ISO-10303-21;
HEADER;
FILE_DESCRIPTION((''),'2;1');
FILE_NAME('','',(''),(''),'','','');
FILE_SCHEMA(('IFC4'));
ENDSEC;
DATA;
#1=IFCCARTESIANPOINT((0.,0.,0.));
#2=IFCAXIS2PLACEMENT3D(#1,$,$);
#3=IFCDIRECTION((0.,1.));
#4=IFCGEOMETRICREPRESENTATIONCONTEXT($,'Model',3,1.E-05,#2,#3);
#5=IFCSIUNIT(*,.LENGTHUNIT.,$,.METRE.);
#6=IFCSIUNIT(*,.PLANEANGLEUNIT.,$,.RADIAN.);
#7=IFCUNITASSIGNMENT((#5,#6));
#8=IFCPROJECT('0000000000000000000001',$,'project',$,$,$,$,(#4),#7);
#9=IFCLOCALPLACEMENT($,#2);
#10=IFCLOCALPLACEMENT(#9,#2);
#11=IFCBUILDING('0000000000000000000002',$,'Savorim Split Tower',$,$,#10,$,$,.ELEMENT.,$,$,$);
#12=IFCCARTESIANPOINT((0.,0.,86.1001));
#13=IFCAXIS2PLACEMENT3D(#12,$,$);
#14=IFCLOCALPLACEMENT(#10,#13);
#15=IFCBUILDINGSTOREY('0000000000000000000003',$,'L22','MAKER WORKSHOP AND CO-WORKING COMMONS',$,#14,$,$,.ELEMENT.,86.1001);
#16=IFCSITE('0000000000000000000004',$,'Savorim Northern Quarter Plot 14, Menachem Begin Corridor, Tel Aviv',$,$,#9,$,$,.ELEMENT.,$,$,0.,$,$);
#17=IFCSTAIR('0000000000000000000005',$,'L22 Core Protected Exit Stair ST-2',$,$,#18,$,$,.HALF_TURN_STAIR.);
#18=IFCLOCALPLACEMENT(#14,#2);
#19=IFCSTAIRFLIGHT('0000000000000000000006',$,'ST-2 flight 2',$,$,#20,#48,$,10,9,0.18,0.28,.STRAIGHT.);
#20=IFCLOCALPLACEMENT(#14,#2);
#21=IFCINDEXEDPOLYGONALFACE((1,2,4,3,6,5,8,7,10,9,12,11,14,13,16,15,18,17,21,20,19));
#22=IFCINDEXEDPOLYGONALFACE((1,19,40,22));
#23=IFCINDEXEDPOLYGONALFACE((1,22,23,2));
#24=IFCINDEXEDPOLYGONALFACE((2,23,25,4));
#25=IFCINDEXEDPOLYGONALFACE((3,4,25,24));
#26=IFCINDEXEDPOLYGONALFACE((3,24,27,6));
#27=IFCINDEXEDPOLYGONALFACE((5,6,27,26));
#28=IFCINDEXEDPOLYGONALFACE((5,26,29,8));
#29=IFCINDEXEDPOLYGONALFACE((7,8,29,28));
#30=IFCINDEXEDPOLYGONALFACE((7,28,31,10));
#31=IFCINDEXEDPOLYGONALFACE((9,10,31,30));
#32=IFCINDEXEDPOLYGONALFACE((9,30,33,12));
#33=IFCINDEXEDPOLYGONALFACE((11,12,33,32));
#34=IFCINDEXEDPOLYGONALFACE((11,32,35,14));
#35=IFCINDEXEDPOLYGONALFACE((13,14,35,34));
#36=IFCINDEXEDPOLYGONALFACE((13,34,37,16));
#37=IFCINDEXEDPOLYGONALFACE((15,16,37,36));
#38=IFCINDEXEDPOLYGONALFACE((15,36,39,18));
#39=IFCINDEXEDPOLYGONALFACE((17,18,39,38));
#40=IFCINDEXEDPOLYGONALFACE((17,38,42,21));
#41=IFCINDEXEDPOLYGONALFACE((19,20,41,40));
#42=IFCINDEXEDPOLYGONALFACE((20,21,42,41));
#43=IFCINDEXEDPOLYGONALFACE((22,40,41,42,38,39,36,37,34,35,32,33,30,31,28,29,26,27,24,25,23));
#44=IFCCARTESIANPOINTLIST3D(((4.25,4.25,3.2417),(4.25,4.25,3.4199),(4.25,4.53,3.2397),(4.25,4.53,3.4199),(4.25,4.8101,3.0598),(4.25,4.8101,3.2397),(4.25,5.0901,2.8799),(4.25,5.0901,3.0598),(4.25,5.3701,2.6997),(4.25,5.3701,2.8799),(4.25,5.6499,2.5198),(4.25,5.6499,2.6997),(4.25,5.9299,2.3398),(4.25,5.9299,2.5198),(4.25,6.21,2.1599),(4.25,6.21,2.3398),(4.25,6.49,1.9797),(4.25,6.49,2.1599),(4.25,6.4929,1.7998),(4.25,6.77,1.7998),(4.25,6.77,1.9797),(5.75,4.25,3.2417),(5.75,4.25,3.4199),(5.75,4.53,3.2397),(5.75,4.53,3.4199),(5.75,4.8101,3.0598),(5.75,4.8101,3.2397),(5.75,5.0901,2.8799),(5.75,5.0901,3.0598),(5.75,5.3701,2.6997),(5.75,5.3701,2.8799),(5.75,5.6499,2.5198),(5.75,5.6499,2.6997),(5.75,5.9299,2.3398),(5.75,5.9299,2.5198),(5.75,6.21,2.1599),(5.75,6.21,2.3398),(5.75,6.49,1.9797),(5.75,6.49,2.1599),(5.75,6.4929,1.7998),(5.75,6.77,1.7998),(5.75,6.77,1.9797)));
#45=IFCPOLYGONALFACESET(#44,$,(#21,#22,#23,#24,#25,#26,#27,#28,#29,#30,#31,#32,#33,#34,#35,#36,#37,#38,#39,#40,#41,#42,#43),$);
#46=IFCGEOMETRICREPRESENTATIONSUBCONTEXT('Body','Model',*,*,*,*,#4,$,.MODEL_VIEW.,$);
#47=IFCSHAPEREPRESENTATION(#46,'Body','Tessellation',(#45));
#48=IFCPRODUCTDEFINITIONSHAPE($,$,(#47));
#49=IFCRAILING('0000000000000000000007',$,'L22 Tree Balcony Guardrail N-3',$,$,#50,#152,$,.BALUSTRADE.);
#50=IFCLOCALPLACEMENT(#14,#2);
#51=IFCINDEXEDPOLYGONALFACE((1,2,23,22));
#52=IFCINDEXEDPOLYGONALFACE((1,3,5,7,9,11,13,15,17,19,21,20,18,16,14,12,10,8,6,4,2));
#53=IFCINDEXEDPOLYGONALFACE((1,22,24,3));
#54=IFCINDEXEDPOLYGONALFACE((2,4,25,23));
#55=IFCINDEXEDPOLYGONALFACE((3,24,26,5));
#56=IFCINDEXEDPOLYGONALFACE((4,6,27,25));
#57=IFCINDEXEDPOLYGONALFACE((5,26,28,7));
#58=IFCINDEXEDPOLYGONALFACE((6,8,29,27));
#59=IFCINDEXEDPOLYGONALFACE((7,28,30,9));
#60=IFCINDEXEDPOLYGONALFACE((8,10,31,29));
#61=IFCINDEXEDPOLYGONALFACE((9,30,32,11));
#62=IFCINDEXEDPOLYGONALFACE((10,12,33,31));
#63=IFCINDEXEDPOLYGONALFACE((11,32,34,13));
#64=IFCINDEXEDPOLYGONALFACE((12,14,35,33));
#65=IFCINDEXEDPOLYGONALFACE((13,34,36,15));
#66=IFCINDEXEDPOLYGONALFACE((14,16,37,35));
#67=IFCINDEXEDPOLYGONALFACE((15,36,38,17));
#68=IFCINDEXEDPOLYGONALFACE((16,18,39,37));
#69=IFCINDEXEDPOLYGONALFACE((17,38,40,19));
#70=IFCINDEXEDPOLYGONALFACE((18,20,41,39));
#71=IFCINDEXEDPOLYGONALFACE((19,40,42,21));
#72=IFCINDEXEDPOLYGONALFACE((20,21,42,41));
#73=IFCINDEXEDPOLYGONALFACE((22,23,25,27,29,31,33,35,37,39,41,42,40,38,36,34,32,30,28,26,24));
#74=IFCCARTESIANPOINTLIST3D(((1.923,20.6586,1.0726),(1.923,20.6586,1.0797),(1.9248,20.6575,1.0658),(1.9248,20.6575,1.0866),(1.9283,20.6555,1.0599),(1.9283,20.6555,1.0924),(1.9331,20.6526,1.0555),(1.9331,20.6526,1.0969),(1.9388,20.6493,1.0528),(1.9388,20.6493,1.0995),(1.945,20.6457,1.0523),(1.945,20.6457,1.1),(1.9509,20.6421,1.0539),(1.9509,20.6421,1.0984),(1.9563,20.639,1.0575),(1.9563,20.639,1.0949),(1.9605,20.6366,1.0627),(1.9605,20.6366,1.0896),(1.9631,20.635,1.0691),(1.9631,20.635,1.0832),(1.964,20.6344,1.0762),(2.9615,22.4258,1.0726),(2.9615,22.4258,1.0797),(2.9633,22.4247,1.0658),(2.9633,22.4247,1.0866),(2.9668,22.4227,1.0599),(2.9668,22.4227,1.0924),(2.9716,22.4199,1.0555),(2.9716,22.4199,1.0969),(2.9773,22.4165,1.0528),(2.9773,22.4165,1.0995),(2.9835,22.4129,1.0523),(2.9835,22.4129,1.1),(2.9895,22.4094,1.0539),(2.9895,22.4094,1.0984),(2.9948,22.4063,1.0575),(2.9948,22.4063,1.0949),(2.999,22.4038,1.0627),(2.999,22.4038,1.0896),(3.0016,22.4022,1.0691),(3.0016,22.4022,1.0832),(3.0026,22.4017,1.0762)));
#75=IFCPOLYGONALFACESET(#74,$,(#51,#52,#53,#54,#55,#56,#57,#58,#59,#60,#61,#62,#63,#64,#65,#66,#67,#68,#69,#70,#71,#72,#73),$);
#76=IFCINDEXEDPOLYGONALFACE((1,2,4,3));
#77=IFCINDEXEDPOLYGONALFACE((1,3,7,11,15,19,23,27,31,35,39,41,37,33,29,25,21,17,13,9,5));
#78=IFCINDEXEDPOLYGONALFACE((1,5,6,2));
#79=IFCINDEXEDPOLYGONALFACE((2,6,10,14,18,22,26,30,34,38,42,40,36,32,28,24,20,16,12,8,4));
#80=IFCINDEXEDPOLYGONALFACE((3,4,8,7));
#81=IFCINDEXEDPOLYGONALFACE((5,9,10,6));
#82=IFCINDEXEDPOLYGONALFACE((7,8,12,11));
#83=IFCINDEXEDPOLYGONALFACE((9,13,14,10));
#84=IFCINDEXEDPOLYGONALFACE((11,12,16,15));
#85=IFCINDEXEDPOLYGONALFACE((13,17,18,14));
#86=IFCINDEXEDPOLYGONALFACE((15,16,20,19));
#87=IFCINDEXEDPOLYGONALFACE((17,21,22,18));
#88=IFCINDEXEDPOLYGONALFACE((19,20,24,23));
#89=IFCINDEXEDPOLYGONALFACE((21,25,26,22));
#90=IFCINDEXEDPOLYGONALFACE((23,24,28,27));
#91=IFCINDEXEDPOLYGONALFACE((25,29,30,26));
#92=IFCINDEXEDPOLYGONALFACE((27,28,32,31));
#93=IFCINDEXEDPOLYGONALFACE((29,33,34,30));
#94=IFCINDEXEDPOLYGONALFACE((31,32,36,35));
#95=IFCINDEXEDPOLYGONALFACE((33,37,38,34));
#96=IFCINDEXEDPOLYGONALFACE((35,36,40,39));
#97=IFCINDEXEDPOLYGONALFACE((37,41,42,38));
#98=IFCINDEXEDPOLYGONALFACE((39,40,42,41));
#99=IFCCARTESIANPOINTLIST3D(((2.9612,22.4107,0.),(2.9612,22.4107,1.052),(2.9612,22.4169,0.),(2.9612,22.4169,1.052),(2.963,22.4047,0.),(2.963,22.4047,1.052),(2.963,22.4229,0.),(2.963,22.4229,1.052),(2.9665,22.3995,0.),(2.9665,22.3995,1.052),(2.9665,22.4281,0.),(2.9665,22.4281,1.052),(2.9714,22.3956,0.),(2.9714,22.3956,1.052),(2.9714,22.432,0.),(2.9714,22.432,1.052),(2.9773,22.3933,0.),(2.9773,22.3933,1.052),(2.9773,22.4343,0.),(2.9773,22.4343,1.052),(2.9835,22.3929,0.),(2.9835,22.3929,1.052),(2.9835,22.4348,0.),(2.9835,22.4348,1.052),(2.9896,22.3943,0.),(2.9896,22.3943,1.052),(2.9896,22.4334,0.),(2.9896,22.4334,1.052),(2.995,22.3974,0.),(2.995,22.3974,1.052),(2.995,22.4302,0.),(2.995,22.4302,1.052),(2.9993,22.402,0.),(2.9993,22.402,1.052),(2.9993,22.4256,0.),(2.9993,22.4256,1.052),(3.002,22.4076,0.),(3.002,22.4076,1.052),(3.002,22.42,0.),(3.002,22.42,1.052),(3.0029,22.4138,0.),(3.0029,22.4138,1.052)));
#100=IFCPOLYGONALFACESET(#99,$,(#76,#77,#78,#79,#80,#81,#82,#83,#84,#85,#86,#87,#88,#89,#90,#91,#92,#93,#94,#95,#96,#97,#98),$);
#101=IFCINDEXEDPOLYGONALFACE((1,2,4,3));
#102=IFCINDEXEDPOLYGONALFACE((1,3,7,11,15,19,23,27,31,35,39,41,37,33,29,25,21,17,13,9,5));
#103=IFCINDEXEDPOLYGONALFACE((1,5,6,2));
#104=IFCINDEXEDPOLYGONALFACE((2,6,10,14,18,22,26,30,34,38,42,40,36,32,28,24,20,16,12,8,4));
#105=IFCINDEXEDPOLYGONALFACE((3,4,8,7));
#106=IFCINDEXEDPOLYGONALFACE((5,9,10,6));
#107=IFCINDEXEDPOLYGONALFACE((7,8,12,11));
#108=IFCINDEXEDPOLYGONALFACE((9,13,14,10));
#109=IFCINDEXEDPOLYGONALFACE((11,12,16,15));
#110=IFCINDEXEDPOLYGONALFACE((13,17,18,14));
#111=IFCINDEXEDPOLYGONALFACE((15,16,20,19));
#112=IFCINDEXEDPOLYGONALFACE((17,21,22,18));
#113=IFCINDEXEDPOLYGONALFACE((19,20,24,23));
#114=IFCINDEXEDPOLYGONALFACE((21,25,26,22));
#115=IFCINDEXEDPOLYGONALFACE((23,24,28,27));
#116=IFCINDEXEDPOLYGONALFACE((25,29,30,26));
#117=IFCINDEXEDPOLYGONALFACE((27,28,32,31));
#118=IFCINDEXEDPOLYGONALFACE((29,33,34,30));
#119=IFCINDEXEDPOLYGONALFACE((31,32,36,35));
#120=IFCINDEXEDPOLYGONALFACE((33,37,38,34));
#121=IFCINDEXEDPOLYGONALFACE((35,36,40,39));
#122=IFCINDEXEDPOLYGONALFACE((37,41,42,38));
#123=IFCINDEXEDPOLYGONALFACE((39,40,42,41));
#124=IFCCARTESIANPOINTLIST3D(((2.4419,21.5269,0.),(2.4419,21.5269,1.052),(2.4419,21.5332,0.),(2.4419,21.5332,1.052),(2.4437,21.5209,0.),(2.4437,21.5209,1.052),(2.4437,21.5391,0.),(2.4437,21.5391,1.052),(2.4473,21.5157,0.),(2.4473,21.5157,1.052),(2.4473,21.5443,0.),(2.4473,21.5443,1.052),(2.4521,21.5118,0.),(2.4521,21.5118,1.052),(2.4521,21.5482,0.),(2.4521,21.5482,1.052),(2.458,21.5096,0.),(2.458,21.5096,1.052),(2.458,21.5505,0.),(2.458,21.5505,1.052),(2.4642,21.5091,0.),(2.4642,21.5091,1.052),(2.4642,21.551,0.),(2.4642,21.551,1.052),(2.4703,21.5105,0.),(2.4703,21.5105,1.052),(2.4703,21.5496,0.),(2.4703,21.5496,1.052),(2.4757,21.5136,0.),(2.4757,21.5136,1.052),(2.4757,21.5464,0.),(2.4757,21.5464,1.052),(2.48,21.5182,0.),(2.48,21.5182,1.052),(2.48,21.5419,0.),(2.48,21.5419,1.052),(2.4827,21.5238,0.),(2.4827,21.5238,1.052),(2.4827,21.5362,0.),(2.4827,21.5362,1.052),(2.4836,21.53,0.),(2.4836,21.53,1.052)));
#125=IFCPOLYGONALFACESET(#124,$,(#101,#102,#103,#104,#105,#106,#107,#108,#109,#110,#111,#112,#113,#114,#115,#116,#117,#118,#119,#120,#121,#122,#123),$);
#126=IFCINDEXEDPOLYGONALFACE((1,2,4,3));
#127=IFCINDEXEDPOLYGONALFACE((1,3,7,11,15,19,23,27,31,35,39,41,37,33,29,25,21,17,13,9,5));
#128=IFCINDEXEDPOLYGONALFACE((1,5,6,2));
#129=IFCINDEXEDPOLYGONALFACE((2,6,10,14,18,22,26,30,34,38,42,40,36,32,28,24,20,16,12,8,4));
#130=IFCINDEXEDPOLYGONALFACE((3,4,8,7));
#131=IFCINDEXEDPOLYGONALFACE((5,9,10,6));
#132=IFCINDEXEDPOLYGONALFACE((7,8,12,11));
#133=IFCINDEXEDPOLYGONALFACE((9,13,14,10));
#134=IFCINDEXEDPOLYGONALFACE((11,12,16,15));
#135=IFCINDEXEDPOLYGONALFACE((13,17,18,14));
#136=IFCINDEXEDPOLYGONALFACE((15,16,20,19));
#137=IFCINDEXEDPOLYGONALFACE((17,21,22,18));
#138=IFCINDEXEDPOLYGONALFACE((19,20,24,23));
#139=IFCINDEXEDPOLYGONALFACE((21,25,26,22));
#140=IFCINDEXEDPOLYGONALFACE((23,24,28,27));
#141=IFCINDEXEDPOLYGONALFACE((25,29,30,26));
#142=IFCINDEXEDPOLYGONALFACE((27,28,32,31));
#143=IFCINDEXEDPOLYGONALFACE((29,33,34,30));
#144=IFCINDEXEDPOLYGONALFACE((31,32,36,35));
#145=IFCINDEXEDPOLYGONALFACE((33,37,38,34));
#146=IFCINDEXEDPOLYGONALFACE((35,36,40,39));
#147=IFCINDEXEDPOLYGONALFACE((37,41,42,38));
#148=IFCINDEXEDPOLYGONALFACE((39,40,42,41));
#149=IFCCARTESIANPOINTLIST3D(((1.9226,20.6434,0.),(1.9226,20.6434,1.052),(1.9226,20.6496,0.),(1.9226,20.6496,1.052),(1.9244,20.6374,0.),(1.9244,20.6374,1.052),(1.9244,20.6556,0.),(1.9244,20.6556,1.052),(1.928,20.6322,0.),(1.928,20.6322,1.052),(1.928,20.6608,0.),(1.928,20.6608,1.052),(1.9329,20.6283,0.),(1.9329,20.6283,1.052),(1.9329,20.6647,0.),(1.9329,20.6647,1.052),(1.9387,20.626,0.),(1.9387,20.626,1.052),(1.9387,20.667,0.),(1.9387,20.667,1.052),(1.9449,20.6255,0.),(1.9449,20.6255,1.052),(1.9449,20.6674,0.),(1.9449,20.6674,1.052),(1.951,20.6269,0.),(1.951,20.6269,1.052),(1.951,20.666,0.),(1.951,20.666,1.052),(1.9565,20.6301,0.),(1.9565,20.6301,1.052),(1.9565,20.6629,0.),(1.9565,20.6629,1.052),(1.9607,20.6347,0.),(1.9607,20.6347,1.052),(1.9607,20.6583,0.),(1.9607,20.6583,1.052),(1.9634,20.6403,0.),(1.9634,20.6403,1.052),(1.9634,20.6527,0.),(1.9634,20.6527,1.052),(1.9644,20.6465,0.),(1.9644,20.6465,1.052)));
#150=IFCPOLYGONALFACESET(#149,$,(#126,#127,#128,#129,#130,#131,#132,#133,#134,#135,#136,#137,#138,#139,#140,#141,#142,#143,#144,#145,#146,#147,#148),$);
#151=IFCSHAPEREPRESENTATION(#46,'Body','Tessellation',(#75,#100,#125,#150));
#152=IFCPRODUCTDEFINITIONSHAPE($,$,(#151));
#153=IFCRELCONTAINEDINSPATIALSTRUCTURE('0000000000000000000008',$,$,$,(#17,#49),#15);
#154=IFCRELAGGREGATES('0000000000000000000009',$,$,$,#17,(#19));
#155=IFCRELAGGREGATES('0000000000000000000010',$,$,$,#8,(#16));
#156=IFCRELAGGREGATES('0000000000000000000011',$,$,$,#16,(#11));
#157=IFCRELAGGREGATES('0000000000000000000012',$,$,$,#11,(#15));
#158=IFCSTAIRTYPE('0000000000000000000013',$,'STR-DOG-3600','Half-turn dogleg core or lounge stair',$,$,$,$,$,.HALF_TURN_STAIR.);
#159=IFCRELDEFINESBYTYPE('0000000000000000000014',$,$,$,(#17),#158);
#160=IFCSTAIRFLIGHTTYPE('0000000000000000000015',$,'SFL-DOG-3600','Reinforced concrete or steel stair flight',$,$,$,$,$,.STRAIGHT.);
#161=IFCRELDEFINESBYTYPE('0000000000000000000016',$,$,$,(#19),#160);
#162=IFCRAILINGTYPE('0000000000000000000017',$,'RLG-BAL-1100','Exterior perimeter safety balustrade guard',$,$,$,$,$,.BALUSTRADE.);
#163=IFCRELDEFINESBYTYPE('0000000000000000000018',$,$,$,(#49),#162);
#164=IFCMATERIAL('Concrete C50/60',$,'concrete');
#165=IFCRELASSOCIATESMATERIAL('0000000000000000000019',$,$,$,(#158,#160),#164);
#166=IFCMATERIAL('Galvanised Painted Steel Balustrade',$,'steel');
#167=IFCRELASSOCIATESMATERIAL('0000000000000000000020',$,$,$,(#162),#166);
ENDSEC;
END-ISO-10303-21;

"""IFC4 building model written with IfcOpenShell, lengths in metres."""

from ifc_helpers import new_model, si_unit, direction, frame, origin, origin_2d, place, context, subcontext, project, spatial, polyline, circle, outline, extrude, material, type_object, element, aggregate, save


model = new_model("IFC4")

# Units and contexts
model_context = context("Model", 3, precision=1e-05, world=origin(), true_north=direction((0.0, 1.0)))
body_context = subcontext(model_context, "Body", "Model", "MODEL_VIEW")
ifc_project = project(units=[si_unit("LENGTHUNIT", "METRE"), si_unit("PLANEANGLEUNIT", "RADIAN")], contexts=[model_context])

# Site, building, storey
site_placement = place(None, origin())
site = spatial("IfcSite", under=ifc_project, at=site_placement, Name="Savorim Northern Quarter Plot 14, Menachem Begin Corridor, Tel Aviv", CompositionType="ELEMENT", RefElevation=0.0)
building_placement = place(site_placement, origin())
building = spatial("IfcBuilding", under=site, at=building_placement, Name="Savorim Split Tower", CompositionType="ELEMENT")
storey_placement = place(building_placement, frame((0.0, 0.0, 86.1001)))
storey = spatial("IfcBuildingStorey", under=building, at=storey_placement, Name="L22", Description="MAKER WORKSHOP AND CO-WORKING COMMONS", CompositionType="ELEMENT", Elevation=86.1001)

# Stair, stair flight
ifc_material_1 = material(Name="Concrete C50/60", Category="concrete")
stair_type = type_object("IfcStairType", Name="STR-DOG-3600", Description="Half-turn dogleg core or lounge stair", PredefinedType="HALF_TURN_STAIR", material=ifc_material_1)
stair_placement = place(storey_placement, origin())
stair = element("IfcStair", 1, at=stair_placement, inside=storey, type_object=stair_type, Name="L22 Core Protected Exit Stair ST-2", PredefinedType="HALF_TURN_STAIR")
stair_flight_type = type_object("IfcStairFlightType", Name="SFL-DOG-3600", Description="Reinforced concrete or steel stair flight", PredefinedType="STRAIGHT", material=ifc_material_1)
stair_flight_placement = place(storey_placement, frame((5.0, 6.77, 1.7998), z_axis=(0.0, 0.0, 1.0), x_axis=(0.0, -1.0, 0.0)))
stair_flight = element("IfcStairFlight", 2, at=stair_flight_placement, type_object=stair_flight_type, Name="ST-2 flight 2", NumberOfRisers=10, NumberOfTreads=9, PredefinedType="STRAIGHT", RiserHeight=0.18, TreadLength=0.28, context=body_context, shape_type="SweptSolid", body=[
    extrude(outline(polyline([(0.0, 0.0), (0.0, 0.1799), (0.28, 0.1799), (0.28, 0.3601), (0.5601, 0.3601), (0.5601, 0.54), (0.8401, 0.54), (0.8401, 0.72), (1.1201, 0.72), (1.1201, 0.8999), (1.3999, 0.8999), (1.3999, 1.0801), (1.6799, 1.0801), (1.6799, 1.26), (1.96, 1.26), (1.96, 1.4399), (2.24, 1.4399), (2.24, 1.6201), (2.52, 1.6201), (2.52, 1.8), (2.52, 1.4419), (0.2771, 0.0), (0.0, 0.0)])), frame((0.0, 0.75, 0.0), z_axis=(0.0, -1.0, 0.0), x_axis=(1.0, 0.0, 0.0)), (0.0, 0.0, 1.0), 1.5),
])
aggregate(stair, [stair_flight])

# Railing
ifc_material_2 = material(Name="Galvanised Painted Steel Balustrade", Category="steel")
railing_type_1 = type_object("IfcRailingType", Name="RLG-BAL-1100", Description="Exterior perimeter safety balustrade guard", PredefinedType="BALUSTRADE", material=ifc_material_2)
railing_1_placement = place(storey_placement, frame((2.9819, 22.4138, 0.0)))
element("IfcRailing", 3, at=railing_1_placement, inside=storey, type_object=railing_type_1, Name="L22 Tree Balcony Guardrail N-3", PredefinedType="BALUSTRADE", context=body_context, shape_type="SweptSolid", body=[
    extrude(circle(Radius=0.0239, at=origin_2d()), frame((0.0, 0.0, 1.0762), z_axis=(-0.506645, -0.862155, 0.0), x_axis=(0.862155, -0.506645, 0.0)), (0.0, 0.0, 1.0), 2.0498),
    extrude(circle(Radius=0.021, at=origin_2d()), origin(), (0.0, 0.0, 1.0), 1.052),
    extrude(circle(Radius=0.021, at=origin_2d()), frame((-0.5193, -0.8838, 0.0)), (0.0, 0.0, 1.0), 1.052),
    extrude(circle(Radius=0.021, at=origin_2d()), frame((-1.0386, -1.7673, 0.0)), (0.0, 0.0, 1.0), 1.052),
])

save(model, "model.ifc")
